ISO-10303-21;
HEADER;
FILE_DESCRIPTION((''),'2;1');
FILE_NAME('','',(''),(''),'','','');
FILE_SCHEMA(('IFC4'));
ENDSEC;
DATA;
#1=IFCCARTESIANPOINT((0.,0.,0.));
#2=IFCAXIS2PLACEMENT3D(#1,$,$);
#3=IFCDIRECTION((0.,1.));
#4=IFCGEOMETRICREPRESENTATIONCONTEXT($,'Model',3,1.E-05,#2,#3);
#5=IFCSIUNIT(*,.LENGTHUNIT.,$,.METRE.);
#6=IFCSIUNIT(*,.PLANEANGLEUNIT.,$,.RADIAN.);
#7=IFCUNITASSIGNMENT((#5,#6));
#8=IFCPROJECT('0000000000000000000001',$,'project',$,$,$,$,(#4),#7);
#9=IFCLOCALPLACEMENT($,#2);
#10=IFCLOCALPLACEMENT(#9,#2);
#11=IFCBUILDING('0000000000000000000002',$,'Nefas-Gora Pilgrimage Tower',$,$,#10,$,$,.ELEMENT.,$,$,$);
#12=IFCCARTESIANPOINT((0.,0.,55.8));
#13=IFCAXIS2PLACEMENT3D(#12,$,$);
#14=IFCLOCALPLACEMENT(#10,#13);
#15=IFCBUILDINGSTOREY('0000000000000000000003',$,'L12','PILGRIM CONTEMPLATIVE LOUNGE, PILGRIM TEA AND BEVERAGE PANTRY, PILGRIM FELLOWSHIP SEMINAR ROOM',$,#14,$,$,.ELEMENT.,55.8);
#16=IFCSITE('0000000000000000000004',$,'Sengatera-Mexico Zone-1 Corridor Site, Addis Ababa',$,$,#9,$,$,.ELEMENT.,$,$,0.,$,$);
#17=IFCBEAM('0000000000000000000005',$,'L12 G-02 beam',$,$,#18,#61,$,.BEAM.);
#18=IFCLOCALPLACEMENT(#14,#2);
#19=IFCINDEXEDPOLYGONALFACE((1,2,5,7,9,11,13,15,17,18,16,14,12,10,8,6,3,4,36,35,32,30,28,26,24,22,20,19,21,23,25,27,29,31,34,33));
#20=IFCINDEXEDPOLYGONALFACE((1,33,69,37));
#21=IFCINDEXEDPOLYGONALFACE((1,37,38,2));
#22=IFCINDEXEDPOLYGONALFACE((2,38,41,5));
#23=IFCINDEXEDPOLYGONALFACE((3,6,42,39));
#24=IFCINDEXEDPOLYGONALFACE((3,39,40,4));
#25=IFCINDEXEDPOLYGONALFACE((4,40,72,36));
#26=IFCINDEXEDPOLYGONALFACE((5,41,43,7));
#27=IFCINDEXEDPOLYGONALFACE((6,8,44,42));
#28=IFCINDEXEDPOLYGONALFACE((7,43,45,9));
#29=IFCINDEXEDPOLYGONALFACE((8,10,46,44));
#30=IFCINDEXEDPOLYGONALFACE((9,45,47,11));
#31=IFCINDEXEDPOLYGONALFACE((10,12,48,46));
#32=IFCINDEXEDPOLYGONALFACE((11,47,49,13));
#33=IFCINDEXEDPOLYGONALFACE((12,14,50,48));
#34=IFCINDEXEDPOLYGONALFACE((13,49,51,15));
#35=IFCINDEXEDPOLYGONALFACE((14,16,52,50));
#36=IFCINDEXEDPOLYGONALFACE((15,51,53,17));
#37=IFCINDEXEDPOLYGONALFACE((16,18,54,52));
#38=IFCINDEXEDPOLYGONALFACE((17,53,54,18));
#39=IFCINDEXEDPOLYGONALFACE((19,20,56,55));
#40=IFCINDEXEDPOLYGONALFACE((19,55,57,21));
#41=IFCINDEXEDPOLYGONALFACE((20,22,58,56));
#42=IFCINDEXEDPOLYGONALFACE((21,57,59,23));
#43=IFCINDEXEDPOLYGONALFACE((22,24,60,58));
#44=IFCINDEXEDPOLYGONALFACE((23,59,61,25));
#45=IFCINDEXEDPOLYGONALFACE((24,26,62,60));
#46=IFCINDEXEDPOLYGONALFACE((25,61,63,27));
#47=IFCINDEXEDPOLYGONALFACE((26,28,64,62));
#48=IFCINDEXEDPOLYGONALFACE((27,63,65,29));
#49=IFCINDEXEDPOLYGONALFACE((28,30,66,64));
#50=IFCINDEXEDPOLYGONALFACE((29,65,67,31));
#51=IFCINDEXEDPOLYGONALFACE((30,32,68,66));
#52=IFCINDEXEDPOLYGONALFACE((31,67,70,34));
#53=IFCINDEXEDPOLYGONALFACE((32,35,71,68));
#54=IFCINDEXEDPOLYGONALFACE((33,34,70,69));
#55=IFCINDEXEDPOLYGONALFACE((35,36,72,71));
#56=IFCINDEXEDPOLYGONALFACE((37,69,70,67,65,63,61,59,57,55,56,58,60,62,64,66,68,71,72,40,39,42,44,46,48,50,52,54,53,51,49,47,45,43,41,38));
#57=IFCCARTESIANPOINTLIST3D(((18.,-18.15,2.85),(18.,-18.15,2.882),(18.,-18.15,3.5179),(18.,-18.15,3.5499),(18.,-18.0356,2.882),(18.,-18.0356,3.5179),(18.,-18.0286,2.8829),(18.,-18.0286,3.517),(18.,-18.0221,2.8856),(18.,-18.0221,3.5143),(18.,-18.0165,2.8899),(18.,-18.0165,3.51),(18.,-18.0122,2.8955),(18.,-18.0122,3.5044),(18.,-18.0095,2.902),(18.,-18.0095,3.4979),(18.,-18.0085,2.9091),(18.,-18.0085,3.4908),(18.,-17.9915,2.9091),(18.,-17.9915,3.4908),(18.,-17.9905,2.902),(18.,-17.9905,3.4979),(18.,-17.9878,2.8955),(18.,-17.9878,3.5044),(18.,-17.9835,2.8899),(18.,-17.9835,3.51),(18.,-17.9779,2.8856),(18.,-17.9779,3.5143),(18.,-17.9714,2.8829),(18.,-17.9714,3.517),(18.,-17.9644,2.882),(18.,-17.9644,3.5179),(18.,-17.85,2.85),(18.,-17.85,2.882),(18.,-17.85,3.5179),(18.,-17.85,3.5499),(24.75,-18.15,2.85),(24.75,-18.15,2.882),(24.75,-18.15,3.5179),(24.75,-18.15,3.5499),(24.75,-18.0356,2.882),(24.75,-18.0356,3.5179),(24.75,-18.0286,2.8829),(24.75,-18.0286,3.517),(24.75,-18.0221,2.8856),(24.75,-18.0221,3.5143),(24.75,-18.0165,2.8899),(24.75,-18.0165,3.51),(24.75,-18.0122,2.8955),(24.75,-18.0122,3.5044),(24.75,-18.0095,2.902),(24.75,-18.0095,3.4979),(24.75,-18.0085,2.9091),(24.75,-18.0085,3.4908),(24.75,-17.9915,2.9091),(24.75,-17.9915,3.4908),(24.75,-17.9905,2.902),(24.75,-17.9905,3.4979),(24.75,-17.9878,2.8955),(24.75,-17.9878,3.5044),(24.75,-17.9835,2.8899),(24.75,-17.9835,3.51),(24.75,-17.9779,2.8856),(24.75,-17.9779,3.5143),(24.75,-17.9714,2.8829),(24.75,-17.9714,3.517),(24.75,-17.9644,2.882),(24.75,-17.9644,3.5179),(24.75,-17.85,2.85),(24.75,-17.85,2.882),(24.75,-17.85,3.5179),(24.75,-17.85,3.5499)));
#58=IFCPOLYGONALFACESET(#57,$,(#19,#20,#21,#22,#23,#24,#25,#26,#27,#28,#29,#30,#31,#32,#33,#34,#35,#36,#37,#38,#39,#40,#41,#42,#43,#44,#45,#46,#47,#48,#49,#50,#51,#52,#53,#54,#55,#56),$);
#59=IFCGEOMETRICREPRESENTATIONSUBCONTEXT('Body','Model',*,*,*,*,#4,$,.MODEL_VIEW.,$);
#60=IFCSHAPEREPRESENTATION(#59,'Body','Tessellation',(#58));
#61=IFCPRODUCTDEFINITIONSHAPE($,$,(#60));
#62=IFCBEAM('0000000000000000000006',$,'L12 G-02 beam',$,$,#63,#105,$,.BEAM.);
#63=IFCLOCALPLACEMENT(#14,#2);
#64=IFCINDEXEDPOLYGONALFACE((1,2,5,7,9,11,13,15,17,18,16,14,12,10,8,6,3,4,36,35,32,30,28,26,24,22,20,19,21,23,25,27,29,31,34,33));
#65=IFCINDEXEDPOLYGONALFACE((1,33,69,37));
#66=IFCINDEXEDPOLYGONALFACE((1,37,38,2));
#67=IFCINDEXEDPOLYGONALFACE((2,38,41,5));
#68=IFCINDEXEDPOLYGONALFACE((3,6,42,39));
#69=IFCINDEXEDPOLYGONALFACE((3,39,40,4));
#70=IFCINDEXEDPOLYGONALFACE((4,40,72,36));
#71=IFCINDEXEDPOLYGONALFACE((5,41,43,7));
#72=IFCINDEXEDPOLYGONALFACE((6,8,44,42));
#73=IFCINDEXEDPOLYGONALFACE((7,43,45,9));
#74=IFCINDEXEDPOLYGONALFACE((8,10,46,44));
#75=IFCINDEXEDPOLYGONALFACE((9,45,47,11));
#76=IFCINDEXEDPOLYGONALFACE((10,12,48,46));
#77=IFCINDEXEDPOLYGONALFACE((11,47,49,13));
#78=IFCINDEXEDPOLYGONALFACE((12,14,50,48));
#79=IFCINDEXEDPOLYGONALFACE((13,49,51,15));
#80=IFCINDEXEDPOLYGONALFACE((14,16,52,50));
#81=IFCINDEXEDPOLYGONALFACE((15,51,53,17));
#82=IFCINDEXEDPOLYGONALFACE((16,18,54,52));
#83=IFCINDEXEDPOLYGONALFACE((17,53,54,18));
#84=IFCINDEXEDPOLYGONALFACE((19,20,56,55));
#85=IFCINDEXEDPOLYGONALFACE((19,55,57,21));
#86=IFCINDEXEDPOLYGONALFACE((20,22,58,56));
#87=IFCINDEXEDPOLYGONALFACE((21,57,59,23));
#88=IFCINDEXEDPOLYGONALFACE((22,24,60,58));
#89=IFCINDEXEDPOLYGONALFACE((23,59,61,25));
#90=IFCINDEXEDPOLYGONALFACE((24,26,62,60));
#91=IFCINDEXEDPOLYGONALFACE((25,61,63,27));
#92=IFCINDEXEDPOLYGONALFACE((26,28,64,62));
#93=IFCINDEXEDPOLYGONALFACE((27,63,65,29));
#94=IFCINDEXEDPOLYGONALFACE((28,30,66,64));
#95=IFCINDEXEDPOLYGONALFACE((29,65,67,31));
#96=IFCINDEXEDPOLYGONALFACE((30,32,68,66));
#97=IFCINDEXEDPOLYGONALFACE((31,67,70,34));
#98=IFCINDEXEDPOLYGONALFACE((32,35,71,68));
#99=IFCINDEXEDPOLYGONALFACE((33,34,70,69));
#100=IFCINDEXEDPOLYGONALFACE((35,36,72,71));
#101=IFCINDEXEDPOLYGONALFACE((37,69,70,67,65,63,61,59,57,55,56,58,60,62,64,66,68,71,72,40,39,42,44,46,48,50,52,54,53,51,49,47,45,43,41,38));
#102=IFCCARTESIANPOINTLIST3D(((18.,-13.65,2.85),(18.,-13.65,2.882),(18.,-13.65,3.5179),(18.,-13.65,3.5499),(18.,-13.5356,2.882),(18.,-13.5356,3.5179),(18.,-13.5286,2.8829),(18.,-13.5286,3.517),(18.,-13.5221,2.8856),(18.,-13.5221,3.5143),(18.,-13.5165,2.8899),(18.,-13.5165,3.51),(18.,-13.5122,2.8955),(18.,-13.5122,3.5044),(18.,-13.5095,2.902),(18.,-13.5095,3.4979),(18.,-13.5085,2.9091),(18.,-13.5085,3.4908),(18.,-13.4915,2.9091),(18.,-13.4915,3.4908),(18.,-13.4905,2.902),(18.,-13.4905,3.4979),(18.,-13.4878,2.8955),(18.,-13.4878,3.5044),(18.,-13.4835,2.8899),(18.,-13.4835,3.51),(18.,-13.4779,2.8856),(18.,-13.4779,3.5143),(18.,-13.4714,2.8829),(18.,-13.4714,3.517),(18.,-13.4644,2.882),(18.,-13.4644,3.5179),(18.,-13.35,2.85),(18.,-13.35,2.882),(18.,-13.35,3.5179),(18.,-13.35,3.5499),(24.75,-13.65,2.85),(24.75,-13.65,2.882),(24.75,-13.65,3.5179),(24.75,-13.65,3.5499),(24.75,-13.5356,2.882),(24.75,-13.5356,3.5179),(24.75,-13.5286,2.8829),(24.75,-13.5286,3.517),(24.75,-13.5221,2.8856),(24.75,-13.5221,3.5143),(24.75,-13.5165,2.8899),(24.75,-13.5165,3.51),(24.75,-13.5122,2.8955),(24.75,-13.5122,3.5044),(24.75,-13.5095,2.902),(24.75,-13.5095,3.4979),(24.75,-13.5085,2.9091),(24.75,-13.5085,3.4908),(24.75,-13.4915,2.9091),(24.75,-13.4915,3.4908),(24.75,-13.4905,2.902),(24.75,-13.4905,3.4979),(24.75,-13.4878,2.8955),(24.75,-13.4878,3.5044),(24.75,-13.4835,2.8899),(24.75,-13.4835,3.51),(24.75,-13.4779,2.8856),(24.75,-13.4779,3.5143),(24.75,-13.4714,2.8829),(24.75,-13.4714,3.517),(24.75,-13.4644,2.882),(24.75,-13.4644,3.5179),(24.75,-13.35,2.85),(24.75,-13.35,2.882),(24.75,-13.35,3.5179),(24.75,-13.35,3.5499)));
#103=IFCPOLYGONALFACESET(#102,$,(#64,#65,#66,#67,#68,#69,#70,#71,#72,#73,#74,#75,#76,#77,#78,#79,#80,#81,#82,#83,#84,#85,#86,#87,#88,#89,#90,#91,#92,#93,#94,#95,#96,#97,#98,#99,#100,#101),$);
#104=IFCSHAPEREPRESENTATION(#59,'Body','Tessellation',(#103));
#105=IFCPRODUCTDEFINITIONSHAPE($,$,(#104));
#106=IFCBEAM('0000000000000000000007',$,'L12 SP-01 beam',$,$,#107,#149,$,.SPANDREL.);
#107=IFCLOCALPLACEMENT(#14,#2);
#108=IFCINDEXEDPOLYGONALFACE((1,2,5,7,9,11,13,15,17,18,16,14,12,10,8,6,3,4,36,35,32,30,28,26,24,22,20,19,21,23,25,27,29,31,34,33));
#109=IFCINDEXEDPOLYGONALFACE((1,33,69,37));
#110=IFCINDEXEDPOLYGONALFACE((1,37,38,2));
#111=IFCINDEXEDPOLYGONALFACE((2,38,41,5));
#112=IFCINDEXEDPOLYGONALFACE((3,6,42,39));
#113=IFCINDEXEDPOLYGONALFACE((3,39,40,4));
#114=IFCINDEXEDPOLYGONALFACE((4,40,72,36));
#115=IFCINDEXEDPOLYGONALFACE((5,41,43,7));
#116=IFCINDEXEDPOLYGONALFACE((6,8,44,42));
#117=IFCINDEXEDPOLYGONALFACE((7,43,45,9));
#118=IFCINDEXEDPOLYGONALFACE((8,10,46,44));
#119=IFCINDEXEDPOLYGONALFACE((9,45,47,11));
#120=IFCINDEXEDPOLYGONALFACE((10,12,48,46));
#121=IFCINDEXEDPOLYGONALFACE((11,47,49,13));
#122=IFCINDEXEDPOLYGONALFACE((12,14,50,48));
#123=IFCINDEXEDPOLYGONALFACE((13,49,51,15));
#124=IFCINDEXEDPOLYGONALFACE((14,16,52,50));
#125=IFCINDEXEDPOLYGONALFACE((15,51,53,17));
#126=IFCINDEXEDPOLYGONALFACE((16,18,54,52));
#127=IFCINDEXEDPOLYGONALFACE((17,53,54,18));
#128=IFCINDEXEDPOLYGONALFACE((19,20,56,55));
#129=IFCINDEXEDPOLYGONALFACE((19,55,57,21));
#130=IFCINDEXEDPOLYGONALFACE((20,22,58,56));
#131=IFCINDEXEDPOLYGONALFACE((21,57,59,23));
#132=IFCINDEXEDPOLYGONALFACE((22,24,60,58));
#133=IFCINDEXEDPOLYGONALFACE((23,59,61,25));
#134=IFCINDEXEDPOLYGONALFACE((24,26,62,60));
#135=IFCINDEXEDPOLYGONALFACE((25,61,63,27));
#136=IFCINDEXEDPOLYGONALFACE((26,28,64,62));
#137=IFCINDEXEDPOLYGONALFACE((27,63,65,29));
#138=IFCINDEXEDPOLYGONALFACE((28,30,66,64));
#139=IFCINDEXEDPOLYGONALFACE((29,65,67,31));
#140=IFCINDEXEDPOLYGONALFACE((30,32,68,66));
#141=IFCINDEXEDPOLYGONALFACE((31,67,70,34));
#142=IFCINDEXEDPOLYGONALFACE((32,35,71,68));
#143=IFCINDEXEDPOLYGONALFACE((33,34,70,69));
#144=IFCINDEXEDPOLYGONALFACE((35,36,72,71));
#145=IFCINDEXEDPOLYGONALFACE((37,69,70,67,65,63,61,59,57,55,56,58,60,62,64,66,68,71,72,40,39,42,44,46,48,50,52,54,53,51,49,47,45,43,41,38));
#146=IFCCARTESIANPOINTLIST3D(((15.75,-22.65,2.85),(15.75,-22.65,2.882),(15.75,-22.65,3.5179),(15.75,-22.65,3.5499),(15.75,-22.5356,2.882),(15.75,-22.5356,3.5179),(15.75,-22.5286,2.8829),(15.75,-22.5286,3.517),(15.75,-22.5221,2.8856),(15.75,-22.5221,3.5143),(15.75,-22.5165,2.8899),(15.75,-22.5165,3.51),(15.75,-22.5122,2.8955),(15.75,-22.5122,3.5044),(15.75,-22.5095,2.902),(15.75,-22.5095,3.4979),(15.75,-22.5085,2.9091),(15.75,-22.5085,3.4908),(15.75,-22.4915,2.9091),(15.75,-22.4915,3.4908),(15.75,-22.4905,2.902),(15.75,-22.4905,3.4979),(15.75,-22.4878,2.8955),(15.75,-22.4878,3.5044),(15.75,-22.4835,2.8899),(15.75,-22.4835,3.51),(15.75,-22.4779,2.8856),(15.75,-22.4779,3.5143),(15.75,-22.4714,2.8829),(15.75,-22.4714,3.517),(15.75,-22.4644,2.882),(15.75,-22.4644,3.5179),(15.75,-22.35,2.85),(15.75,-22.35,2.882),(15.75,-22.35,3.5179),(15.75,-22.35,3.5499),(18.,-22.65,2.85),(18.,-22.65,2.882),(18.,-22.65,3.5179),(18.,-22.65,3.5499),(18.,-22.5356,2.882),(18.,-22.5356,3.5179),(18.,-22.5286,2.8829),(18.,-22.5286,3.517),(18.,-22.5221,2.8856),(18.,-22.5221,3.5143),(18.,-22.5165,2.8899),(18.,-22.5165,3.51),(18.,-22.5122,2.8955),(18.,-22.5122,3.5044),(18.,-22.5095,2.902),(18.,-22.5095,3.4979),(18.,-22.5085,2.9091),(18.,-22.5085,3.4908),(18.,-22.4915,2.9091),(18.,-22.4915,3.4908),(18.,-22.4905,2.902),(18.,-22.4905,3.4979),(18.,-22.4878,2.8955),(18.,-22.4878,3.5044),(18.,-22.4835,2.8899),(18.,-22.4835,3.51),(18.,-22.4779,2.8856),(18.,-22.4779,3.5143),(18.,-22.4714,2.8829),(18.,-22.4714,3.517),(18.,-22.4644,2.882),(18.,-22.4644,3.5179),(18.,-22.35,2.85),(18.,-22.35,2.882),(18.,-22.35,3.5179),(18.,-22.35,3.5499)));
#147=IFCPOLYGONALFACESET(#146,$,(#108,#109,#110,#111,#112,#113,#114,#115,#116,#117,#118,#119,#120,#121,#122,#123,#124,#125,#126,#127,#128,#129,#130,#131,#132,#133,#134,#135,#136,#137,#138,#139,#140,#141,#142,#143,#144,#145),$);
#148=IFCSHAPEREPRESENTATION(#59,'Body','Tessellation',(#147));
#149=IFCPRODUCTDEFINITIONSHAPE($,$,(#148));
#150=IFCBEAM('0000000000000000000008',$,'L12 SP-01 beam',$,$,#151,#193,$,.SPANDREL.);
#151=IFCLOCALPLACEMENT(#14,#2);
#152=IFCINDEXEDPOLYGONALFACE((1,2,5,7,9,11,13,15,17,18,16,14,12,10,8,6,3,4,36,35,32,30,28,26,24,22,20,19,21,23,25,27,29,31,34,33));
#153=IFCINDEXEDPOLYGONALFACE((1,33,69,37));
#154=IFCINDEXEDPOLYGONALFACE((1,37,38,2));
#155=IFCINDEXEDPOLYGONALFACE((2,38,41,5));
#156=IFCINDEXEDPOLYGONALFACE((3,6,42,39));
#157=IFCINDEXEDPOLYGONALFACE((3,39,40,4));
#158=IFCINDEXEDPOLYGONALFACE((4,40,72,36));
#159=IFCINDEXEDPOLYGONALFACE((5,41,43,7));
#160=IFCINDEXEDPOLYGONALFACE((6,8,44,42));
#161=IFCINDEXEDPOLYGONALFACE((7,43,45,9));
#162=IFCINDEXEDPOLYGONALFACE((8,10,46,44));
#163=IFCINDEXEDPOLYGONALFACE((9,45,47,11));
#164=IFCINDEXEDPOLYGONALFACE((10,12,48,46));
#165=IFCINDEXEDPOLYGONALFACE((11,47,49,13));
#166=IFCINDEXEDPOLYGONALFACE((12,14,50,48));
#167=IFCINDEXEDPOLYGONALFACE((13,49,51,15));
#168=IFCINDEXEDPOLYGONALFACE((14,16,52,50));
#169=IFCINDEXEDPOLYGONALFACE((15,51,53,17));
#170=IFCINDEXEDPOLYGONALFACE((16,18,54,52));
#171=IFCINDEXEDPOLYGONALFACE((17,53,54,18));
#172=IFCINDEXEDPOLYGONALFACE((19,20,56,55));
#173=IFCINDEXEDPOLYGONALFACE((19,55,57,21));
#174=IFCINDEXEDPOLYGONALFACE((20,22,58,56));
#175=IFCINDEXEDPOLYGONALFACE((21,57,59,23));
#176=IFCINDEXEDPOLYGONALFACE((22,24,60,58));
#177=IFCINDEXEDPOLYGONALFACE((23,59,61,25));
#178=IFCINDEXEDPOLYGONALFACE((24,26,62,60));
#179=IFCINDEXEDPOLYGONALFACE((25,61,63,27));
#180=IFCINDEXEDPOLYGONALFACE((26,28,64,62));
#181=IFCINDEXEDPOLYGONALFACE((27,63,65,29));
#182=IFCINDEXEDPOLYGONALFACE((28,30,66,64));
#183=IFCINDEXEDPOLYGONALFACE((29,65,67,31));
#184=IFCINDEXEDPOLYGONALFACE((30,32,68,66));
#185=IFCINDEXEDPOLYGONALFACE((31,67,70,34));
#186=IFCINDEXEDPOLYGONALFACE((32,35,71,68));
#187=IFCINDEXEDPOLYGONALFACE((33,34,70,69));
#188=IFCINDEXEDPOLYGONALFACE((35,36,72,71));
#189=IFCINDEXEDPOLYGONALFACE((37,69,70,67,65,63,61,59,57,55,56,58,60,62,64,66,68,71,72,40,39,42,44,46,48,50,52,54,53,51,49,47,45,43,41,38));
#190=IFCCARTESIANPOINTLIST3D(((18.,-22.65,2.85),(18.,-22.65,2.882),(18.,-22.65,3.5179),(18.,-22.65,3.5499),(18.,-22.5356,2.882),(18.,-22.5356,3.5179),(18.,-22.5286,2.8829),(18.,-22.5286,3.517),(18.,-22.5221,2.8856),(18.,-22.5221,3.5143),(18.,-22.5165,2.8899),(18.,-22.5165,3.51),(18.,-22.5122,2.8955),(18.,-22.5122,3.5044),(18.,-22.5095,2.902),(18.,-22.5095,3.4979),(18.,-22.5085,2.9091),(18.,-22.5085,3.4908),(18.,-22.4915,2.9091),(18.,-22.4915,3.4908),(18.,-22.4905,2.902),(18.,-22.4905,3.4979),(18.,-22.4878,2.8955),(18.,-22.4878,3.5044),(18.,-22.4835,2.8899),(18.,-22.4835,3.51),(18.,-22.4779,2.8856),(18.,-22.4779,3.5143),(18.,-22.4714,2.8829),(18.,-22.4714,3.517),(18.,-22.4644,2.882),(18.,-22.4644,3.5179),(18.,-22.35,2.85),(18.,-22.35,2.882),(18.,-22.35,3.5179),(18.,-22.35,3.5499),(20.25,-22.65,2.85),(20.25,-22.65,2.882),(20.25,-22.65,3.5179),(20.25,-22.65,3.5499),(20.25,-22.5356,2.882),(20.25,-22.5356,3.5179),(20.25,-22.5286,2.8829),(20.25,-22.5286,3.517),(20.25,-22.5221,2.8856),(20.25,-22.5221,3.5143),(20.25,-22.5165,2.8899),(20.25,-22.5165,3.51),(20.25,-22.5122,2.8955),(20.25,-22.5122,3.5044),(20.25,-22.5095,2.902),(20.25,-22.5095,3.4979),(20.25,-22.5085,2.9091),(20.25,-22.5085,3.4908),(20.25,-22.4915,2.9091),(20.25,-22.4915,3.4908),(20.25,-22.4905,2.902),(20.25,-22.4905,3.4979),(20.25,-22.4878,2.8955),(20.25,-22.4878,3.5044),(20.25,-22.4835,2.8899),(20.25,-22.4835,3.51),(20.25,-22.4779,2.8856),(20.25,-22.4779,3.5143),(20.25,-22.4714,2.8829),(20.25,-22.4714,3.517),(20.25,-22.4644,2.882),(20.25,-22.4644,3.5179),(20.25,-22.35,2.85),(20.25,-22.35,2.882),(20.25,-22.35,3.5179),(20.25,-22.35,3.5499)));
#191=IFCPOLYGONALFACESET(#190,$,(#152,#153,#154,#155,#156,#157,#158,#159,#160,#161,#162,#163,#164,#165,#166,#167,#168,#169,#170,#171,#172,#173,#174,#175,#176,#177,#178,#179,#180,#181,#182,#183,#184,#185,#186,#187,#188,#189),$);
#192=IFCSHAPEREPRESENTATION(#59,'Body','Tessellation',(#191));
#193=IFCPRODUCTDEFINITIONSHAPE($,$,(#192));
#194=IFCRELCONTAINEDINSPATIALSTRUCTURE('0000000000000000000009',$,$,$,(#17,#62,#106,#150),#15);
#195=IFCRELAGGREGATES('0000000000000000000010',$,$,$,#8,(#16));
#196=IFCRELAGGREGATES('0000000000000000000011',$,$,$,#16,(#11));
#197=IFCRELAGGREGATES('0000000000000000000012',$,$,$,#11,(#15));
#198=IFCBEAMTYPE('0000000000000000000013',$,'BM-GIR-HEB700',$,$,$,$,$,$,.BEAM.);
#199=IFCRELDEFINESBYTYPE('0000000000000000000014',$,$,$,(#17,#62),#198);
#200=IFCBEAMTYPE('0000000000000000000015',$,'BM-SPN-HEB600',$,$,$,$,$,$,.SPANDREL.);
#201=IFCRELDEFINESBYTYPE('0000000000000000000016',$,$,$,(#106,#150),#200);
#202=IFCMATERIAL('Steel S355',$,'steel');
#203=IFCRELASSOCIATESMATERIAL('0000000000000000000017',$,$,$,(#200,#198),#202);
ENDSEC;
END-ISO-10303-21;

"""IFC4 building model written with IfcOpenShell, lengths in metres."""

from ifc_helpers import new_model, si_unit, direction, frame, origin, origin_2d, place, context, subcontext, project, spatial, i_section, extrude, source, transform, mapped, material, material_profile, profile_set, type_object, element, save


model = new_model("IFC4")

# Units and contexts
model_context = context("Model", 3, precision=1e-05, world=origin(), true_north=direction((0.0, 1.0)))
body_context = subcontext(model_context, "Body", "Model", "MODEL_VIEW")
ifc_project = project(units=[si_unit("LENGTHUNIT", "METRE"), si_unit("PLANEANGLEUNIT", "RADIAN")], contexts=[model_context])

# Site, building, storey
site_placement = place(None, origin())
site = spatial("IfcSite", under=ifc_project, at=site_placement, Name="Sengatera-Mexico Zone-1 Corridor Site, Addis Ababa", CompositionType="ELEMENT", RefElevation=0.0)
building_placement = place(site_placement, origin())
building = spatial("IfcBuilding", under=site, at=building_placement, Name="Nefas-Gora Pilgrimage Tower", CompositionType="ELEMENT")
storey_placement = place(building_placement, frame((0.0, 0.0, 55.8)))
storey = spatial("IfcBuildingStorey", under=building, at=storey_placement, Name="L12", Description="PILGRIM CONTEMPLATIVE LOUNGE, PILGRIM TEA AND BEVERAGE PANTRY, PILGRIM FELLOWSHIP SEMINAR ROOM", CompositionType="ELEMENT", Elevation=55.8)

# Beams
ifc_material_1 = material(Name="Steel S355", Category="steel")
ifc_material_profile_1 = material_profile(ifc_material_1, i_section(OverallWidth=0.3, OverallDepth=0.7, WebThickness=0.0171, FlangeThickness=0.032, FilletRadius=0.0271, at=origin_2d()), Name="HEB 700")
ifc_profile_set_1 = profile_set([ifc_material_profile_1], Name="Steel S355")
beam_type_1 = type_object("IfcBeamType", Name="BM-SPN-HEB600", PredefinedType="SPANDREL", material=ifc_profile_set_1)
ifc_material_profile_2 = material_profile(ifc_material_1, i_section(OverallWidth=0.3, OverallDepth=0.7, WebThickness=0.0171, FlangeThickness=0.032, FilletRadius=0.0271, at=origin_2d()), Name="HEB 700")
ifc_profile_set_2 = profile_set([ifc_material_profile_2], Name="Steel S355")
beam_type_2 = type_object("IfcBeamType", Name="BM-GIR-HEB700", PredefinedType="BEAM", material=ifc_profile_set_2)
shared_shape_1 = source(origin(), body_context, "Body", "SweptSolid", [
    extrude(i_section(OverallWidth=0.3, OverallDepth=0.7, WebThickness=0.0171, FlangeThickness=0.032, FilletRadius=0.0271, at=origin_2d()), origin(), (0.0, 0.0, 1.0), 6.75),
])
for number, where, z_axis, x_axis, name in (
    (1, (18.0, -18.0, 3.2), (1.0, 0.0, 0.0), (0.0, 1.0, 0.0), "L12 G-02 beam"),
    (2, (18.0, -13.5, 3.2), (1.0, 0.0, 0.0), (0.0, 1.0, 0.0), "L12 G-02 beam"),
):
    element("IfcBeam", number, at=place(storey_placement, frame(where, z_axis=z_axis, x_axis=x_axis)), inside=storey, type_object=beam_type_2, Name=name, PredefinedType="BEAM", context=body_context, shape_type="MappedRepresentation", body=[
        mapped(shared_shape_1, transform((0.0, 0.0, 0.0), x_axis=(1.0, 0.0, 0.0), y_axis=(0.0, 1.0, 0.0), z_axis=(0.0, 0.0, 1.0), scale=1.0)),
    ])
shared_shape_2 = source(origin(), body_context, "Body", "SweptSolid", [
    extrude(i_section(OverallWidth=0.3, OverallDepth=0.7, WebThickness=0.0171, FlangeThickness=0.032, FilletRadius=0.0271, at=origin_2d()), origin(), (0.0, 0.0, 1.0), 2.25),
])
for number, where, z_axis, x_axis, name in (
    (3, (15.75, -22.5, 3.2), (1.0, 0.0, 0.0), (0.0, 1.0, 0.0), "L12 SP-01 beam"),
    (4, (18.0, -22.5, 3.2), (1.0, 0.0, 0.0), (0.0, 1.0, 0.0), "L12 SP-01 beam"),
):
    element("IfcBeam", number, at=place(storey_placement, frame(where, z_axis=z_axis, x_axis=x_axis)), inside=storey, type_object=beam_type_1, Name=name, PredefinedType="SPANDREL", context=body_context, shape_type="MappedRepresentation", body=[
        mapped(shared_shape_2, transform((0.0, 0.0, 0.0), x_axis=(1.0, 0.0, 0.0), y_axis=(0.0, 1.0, 0.0), z_axis=(0.0, 0.0, 1.0), scale=1.0)),
    ])

save(model, "model.ifc")
